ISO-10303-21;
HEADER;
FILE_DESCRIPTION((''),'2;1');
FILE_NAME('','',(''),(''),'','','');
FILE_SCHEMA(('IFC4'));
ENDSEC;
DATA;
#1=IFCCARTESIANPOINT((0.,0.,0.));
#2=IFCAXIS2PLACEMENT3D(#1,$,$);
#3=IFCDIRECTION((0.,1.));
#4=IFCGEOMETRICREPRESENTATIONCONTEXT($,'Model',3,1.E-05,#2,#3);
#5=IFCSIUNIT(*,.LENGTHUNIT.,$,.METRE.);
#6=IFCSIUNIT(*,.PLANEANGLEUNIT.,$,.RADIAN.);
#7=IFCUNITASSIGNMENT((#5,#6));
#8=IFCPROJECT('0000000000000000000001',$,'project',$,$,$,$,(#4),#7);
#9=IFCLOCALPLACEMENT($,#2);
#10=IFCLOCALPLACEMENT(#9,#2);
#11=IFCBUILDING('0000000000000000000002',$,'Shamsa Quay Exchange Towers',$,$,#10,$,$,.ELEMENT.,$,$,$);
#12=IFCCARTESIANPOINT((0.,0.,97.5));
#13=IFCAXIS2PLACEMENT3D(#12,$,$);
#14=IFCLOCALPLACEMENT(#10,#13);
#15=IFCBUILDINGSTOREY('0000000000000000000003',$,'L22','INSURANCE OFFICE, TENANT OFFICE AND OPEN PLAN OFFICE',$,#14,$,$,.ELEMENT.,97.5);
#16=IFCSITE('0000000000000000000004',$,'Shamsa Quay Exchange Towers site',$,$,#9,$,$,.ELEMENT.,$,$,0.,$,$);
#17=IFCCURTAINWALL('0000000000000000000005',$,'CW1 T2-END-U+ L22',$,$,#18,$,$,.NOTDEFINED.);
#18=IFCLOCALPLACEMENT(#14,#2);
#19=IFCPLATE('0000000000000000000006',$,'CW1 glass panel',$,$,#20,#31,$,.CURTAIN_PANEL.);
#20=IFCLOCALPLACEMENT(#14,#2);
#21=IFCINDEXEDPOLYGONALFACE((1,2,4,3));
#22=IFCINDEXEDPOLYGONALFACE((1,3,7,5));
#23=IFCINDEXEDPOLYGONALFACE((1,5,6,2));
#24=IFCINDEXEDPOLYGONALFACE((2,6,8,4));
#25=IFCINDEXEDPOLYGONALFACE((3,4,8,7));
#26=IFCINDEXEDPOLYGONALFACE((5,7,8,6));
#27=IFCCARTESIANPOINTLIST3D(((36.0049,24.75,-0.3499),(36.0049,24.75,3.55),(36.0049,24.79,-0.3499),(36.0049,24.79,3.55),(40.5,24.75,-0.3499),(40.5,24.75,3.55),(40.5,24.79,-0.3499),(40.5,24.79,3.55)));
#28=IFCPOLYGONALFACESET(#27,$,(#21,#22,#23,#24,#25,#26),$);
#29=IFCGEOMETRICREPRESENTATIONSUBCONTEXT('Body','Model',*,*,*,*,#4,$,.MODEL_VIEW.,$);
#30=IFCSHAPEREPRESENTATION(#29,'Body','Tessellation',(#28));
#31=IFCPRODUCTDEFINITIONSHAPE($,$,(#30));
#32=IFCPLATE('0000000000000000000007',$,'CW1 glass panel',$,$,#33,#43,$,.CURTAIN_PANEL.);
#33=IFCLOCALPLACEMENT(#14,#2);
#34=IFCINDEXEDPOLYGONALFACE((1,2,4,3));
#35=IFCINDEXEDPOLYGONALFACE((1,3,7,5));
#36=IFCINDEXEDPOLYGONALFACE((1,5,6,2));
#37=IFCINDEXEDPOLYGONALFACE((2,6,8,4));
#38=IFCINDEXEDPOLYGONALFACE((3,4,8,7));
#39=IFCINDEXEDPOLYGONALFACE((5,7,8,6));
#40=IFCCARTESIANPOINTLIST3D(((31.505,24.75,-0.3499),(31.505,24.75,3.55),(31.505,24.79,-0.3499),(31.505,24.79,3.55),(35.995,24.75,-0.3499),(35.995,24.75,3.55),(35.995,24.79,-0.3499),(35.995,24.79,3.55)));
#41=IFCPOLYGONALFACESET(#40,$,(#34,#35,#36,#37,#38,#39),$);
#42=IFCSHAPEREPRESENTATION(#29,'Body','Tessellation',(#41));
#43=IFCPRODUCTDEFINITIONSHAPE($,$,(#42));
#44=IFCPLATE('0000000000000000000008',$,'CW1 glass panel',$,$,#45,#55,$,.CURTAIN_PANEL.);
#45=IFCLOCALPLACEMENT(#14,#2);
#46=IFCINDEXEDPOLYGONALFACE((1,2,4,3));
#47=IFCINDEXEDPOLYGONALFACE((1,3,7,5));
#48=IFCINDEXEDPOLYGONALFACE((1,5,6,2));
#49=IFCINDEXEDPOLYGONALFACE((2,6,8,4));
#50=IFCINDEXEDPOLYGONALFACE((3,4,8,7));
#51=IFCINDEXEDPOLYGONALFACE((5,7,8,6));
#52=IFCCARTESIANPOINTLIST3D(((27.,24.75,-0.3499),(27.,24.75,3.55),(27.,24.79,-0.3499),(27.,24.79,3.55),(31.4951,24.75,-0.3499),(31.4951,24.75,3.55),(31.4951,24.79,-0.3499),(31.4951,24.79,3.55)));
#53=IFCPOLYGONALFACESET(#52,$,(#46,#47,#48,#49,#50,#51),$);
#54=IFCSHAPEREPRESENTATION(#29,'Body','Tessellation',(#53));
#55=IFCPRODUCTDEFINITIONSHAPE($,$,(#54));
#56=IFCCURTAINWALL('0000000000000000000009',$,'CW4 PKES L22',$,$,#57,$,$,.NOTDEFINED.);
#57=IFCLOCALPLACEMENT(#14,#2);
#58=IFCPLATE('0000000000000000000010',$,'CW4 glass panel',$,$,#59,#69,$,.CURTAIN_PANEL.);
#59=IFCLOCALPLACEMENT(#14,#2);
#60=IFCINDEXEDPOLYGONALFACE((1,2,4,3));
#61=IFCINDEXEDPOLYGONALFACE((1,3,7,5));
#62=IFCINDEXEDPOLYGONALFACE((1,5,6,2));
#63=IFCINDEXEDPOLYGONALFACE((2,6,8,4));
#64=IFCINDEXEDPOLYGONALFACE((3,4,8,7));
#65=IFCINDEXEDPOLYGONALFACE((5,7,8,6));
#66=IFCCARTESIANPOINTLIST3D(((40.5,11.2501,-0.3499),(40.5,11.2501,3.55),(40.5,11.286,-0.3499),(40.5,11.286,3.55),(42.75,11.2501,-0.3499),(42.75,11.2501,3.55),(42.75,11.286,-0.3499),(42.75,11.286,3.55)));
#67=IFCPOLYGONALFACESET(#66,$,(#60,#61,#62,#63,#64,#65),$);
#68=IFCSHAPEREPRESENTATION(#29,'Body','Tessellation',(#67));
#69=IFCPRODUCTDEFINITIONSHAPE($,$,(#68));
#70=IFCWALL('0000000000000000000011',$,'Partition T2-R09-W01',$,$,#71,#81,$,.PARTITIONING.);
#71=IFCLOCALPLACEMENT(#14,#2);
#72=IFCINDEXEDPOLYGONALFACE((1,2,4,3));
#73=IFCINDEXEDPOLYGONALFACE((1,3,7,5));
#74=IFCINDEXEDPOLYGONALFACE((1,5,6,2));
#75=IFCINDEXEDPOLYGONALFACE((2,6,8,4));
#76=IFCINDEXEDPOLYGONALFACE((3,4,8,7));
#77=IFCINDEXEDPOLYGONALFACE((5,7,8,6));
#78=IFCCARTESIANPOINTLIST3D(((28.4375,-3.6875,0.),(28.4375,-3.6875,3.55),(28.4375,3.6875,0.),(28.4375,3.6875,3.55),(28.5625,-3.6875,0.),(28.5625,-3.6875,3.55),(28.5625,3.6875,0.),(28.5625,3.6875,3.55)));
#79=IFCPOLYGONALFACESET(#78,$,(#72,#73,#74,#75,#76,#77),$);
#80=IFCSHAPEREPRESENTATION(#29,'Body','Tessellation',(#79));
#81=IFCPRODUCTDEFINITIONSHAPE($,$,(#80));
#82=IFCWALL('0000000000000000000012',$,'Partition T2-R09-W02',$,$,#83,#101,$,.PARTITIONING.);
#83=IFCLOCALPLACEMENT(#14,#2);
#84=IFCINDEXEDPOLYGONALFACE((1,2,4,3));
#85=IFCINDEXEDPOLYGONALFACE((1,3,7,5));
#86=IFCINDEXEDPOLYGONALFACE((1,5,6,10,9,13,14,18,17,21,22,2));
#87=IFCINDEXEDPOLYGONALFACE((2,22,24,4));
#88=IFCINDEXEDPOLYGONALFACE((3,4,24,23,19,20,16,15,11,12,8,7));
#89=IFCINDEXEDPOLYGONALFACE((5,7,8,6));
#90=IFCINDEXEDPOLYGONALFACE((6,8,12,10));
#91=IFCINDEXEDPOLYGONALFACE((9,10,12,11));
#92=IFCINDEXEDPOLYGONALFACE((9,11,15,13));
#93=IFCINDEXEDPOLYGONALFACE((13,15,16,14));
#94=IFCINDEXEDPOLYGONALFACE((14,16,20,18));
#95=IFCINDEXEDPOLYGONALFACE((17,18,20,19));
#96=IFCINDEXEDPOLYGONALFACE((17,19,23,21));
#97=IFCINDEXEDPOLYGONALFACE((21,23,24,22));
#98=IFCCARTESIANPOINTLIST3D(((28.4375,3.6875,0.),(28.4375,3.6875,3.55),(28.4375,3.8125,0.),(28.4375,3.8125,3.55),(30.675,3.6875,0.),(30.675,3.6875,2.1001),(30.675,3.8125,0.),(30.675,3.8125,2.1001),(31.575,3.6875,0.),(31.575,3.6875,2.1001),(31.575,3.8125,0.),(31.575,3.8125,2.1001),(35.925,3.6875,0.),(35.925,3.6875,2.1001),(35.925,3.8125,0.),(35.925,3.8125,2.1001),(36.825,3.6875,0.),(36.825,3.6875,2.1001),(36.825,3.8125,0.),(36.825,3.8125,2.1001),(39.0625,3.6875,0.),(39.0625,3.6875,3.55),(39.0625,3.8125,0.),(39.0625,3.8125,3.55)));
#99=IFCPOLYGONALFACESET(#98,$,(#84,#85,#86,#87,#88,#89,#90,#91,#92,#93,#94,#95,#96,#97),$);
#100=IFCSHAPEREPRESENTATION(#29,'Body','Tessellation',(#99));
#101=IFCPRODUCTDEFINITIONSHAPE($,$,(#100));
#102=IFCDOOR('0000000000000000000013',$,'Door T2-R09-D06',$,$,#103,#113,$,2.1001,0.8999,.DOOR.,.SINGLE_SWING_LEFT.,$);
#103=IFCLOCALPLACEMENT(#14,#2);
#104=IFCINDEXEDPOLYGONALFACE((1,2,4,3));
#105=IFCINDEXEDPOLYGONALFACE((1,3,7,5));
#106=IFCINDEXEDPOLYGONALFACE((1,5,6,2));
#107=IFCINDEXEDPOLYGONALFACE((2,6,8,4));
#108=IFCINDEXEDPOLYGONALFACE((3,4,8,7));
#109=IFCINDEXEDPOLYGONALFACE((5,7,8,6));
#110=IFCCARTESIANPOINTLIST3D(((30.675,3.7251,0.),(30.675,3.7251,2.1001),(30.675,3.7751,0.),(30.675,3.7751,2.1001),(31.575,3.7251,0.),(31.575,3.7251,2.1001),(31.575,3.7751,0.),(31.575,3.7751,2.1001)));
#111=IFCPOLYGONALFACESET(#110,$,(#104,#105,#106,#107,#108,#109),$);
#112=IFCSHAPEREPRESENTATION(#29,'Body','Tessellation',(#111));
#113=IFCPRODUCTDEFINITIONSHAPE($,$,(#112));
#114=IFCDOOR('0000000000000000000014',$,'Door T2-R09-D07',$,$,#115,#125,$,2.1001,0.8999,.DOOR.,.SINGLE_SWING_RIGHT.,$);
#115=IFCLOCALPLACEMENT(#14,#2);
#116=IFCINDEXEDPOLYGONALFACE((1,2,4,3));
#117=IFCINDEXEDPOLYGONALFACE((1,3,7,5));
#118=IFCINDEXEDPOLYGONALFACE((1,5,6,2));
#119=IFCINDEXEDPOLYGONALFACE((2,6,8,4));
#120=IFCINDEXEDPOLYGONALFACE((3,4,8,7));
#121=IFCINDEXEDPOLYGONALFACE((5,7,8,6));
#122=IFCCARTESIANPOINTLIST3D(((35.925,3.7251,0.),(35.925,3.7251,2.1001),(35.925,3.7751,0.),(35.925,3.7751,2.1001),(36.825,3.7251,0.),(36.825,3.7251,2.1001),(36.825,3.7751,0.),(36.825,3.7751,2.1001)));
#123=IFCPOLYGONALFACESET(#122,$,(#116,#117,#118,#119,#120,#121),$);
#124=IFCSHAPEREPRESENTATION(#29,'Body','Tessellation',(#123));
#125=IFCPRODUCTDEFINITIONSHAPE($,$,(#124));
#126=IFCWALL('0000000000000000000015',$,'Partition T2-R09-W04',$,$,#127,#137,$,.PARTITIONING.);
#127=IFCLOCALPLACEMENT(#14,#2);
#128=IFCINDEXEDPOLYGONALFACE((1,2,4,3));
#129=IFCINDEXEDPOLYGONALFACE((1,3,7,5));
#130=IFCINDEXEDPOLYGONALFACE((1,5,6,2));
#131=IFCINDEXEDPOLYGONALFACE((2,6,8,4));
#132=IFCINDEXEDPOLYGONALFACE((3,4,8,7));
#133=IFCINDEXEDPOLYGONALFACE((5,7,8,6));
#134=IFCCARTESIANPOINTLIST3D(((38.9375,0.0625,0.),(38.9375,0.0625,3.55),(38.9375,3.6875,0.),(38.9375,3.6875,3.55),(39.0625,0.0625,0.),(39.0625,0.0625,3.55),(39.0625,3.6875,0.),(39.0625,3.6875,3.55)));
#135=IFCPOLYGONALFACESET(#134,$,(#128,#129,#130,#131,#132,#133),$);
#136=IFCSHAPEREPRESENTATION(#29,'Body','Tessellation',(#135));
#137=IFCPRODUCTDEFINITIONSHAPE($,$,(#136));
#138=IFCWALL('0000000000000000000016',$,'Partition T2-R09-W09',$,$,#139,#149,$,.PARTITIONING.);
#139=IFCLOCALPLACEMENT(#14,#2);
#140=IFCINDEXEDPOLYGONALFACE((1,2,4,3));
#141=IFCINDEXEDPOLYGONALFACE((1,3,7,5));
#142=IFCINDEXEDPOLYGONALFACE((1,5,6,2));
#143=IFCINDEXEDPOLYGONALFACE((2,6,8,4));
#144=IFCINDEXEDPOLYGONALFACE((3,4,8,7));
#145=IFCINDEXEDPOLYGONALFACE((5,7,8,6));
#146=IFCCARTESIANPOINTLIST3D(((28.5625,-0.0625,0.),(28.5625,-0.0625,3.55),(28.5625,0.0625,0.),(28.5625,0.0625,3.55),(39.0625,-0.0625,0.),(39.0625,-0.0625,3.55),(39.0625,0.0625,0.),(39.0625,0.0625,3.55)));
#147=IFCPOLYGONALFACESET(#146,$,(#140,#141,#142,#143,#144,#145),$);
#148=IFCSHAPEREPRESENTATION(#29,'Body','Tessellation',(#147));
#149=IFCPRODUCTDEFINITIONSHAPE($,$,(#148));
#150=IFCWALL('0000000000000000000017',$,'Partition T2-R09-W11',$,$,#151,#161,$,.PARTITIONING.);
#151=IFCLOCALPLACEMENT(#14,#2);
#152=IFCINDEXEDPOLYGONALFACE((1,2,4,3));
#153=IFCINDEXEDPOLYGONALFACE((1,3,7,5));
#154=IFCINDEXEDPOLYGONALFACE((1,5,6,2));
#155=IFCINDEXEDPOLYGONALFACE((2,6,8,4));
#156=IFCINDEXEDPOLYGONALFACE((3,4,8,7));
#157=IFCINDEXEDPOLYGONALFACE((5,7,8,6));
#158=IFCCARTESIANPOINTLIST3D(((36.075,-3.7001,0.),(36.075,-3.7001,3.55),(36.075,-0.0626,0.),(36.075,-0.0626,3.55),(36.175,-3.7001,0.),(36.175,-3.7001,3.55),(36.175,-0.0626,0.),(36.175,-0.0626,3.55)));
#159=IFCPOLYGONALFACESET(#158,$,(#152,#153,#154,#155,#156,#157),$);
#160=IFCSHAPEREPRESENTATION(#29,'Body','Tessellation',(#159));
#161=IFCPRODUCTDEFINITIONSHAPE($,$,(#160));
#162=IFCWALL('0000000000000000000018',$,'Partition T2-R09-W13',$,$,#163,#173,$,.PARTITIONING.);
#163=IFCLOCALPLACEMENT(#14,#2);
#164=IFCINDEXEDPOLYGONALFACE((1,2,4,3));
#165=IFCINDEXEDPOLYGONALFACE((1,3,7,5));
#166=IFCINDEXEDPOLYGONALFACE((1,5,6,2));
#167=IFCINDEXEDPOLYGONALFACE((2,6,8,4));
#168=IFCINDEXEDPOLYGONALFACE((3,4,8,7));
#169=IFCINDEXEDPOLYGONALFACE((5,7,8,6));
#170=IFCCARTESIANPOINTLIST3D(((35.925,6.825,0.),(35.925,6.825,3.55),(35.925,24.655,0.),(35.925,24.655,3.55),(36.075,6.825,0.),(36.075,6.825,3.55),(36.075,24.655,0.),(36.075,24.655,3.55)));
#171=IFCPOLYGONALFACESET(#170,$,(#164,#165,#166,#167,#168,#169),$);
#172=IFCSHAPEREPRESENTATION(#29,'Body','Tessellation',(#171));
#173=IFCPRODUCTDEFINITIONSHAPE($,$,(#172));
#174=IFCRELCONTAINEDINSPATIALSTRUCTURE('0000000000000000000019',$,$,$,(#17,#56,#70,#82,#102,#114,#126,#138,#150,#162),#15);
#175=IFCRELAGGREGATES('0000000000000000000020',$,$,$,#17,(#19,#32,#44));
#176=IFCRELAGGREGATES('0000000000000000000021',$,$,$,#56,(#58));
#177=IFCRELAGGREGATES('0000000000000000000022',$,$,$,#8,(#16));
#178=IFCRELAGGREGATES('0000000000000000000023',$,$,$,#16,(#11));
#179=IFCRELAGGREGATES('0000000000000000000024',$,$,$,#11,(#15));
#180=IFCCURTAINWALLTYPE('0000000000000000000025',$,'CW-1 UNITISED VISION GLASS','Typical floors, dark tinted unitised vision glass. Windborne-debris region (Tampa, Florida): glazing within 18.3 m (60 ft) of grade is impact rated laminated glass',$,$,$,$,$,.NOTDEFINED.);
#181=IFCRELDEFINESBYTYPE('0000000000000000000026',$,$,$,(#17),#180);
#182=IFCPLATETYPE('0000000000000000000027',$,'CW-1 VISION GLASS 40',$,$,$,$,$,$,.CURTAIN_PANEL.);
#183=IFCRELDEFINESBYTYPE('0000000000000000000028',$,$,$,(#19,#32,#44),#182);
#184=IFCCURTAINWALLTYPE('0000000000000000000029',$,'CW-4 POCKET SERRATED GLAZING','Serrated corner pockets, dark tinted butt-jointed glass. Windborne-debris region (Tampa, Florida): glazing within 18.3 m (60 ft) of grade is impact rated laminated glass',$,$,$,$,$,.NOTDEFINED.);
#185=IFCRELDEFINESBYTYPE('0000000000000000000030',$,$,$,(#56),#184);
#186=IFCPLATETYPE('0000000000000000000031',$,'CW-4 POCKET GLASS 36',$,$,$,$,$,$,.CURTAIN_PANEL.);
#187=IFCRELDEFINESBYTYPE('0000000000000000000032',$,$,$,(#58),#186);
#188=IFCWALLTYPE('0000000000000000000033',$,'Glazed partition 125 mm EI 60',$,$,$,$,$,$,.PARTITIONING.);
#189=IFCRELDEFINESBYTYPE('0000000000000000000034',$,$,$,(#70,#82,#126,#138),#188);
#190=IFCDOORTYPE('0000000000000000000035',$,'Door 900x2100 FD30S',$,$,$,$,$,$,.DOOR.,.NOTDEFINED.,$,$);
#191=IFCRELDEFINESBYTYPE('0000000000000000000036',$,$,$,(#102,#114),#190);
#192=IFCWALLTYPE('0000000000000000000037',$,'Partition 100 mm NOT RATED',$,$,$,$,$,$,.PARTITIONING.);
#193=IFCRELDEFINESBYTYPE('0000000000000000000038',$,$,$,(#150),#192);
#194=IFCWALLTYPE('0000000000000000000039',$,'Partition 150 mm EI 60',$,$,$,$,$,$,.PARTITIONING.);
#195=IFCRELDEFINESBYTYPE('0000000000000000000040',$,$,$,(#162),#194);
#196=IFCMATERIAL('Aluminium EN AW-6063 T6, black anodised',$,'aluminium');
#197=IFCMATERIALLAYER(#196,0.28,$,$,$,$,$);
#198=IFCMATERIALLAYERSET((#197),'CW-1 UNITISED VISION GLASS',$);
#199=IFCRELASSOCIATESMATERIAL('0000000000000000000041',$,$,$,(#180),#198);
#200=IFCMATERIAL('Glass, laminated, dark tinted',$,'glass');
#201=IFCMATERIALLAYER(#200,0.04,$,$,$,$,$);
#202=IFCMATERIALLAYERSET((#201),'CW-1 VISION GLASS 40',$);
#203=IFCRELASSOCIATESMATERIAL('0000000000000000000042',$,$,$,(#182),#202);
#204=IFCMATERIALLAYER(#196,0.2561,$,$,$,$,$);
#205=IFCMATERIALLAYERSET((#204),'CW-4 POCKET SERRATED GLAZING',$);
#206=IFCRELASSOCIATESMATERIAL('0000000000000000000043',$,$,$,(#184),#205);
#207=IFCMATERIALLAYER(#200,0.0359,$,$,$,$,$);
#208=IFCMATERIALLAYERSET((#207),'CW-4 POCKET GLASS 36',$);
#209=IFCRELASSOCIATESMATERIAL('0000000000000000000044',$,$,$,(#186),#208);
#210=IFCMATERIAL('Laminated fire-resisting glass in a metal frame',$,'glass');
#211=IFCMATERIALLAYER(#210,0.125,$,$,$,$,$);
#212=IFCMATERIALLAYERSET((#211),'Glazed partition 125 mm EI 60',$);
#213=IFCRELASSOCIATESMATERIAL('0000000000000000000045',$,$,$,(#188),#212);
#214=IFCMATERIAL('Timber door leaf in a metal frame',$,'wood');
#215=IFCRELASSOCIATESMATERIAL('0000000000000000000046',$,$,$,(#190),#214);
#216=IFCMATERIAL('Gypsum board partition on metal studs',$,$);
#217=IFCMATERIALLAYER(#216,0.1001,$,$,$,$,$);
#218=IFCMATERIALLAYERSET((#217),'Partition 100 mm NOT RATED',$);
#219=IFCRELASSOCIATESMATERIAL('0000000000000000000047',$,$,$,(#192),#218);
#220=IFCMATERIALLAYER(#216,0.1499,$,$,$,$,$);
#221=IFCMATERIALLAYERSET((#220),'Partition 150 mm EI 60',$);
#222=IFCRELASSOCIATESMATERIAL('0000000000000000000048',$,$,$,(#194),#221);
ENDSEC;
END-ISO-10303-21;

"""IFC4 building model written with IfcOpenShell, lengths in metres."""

from ifc_helpers import new_model, si_unit, direction, frame, frame_2d, origin, origin_2d, place, context, subcontext, project, spatial, rectangle, extrude, material, layer, layer_set, type_object, element, fill, aggregate, save


model = new_model("IFC4")

# Units and contexts
model_context = context("Model", 3, precision=1e-05, world=origin(), true_north=direction((0.0, 1.0)))
body_context = subcontext(model_context, "Body", "Model", "MODEL_VIEW")
ifc_project = project(units=[si_unit("LENGTHUNIT", "METRE"), si_unit("PLANEANGLEUNIT", "RADIAN")], contexts=[model_context])

# Site, building, storey
site_placement = place(None, origin())
site = spatial("IfcSite", under=ifc_project, at=site_placement, Name="Shamsa Quay Exchange Towers site", CompositionType="ELEMENT", RefElevation=0.0)
building_placement = place(site_placement, origin())
building = spatial("IfcBuilding", under=site, at=building_placement, Name="Shamsa Quay Exchange Towers", CompositionType="ELEMENT")
storey_placement = place(building_placement, frame((0.0, 0.0, 97.5)))
storey = spatial("IfcBuildingStorey", under=building, at=storey_placement, Name="L22", Description="INSURANCE OFFICE, TENANT OFFICE AND OPEN PLAN OFFICE", CompositionType="ELEMENT", Elevation=97.5)

# Shared definitions
ifc_material_1 = material(Name="Aluminium EN AW-6063 T6, black anodised", Category="aluminium")
ifc_layer_1 = layer(ifc_material_1, 0.28)
ifc_layer_set_1 = layer_set([ifc_layer_1], Name="CW-1 UNITISED VISION GLASS")
curtain_wall_type_1 = type_object("IfcCurtainWallType", Name="CW-1 UNITISED VISION GLASS", Description="Typical floors, dark tinted unitised vision glass. Windborne-debris region (Tampa, Florida): glazing within 18.3 m (60 ft) of grade is impact rated laminated glass", PredefinedType="NOTDEFINED", material=ifc_layer_set_1)

# Curtain wall
curtain_wall_1_placement = place(storey_placement, origin())
curtain_wall_1 = element("IfcCurtainWall", 1, at=curtain_wall_1_placement, inside=storey, type_object=curtain_wall_type_1, Name="CW1 T2-END-U+ L22", PredefinedType="NOTDEFINED")

# Plates
ifc_material_2 = material(Name="Glass, laminated, dark tinted", Category="glass")
ifc_layer_2 = layer(ifc_material_2, 0.04)
ifc_layer_set_2 = layer_set([ifc_layer_2], Name="CW-1 VISION GLASS 40")
plate_type_1 = type_object("IfcPlateType", Name="CW-1 VISION GLASS 40", PredefinedType="CURTAIN_PANEL", material=ifc_layer_set_2)
plate_1_placement = place(storey_placement, frame((38.2524, 24.77, -0.3499), z_axis=(0.0, 0.0, 1.0), x_axis=(-1.0, 0.0, 0.0)))
plate_1 = element("IfcPlate", 2, at=plate_1_placement, type_object=plate_type_1, Name="CW1 glass panel", PredefinedType="CURTAIN_PANEL", context=body_context, shape_type="SweptSolid", body=[
    extrude(rectangle(XDim=4.4951, YDim=0.04, at=origin_2d()), origin(), (0.0, 0.0, 1.0), 3.8999),
])
plate_2_placement = place(storey_placement, frame((33.75, 24.77, -0.3499), z_axis=(0.0, 0.0, 1.0), x_axis=(-1.0, 0.0, 0.0)))
plate_2 = element("IfcPlate", 3, at=plate_2_placement, type_object=plate_type_1, Name="CW1 glass panel", PredefinedType="CURTAIN_PANEL", context=body_context, shape_type="SweptSolid", body=[
    extrude(rectangle(XDim=4.49, YDim=0.04, at=origin_2d()), origin(), (0.0, 0.0, 1.0), 3.8999),
])
plate_3_placement = place(storey_placement, frame((29.2476, 24.77, -0.3499), z_axis=(0.0, 0.0, 1.0), x_axis=(-1.0, 0.0, 0.0)))
plate_3 = element("IfcPlate", 4, at=plate_3_placement, type_object=plate_type_1, Name="CW1 glass panel", PredefinedType="CURTAIN_PANEL", context=body_context, shape_type="SweptSolid", body=[
    extrude(rectangle(XDim=4.4951, YDim=0.04, at=origin_2d()), origin(), (0.0, 0.0, 1.0), 3.8999),
])
aggregate(curtain_wall_1, [plate_1, plate_2, plate_3])

# Curtain wall, plate
ifc_layer_3 = layer(ifc_material_1, 0.2561)
ifc_layer_set_3 = layer_set([ifc_layer_3], Name="CW-4 POCKET SERRATED GLAZING")
curtain_wall_type_2 = type_object("IfcCurtainWallType", Name="CW-4 POCKET SERRATED GLAZING", Description="Serrated corner pockets, dark tinted butt-jointed glass. Windborne-debris region (Tampa, Florida): glazing within 18.3 m (60 ft) of grade is impact rated laminated glass", PredefinedType="NOTDEFINED", material=ifc_layer_set_3)
curtain_wall_2_placement = place(storey_placement, origin())
curtain_wall_2 = element("IfcCurtainWall", 5, at=curtain_wall_2_placement, inside=storey, type_object=curtain_wall_type_2, Name="CW4 PKES L22", PredefinedType="NOTDEFINED")
ifc_layer_4 = layer(ifc_material_2, 0.0359)
ifc_layer_set_4 = layer_set([ifc_layer_4], Name="CW-4 POCKET GLASS 36")
plate_type_2 = type_object("IfcPlateType", Name="CW-4 POCKET GLASS 36", PredefinedType="CURTAIN_PANEL", material=ifc_layer_set_4)
plate_4_placement = place(storey_placement, frame((41.625, 11.2681, -0.3499), z_axis=(0.0, 0.0, 1.0), x_axis=(-1.0, 0.0, 0.0)))
plate_4 = element("IfcPlate", 6, at=plate_4_placement, type_object=plate_type_2, Name="CW4 glass panel", PredefinedType="CURTAIN_PANEL", context=body_context, shape_type="SweptSolid", body=[
    extrude(rectangle(XDim=2.25, YDim=0.0359, at=origin_2d()), origin(), (0.0, 0.0, 1.0), 3.8999),
])
aggregate(curtain_wall_2, [plate_4])

# Wall
ifc_material_3 = material(Name="Laminated fire-resisting glass in a metal frame", Category="glass")
ifc_layer_5 = layer(ifc_material_3, 0.125)
ifc_layer_set_5 = layer_set([ifc_layer_5], Name="Glazed partition 125 mm EI 60")
wall_type_1 = type_object("IfcWallType", Name="Glazed partition 125 mm EI 60", PredefinedType="PARTITIONING", material=ifc_layer_set_5)
wall_1_placement = place(storey_placement, frame((28.5, 3.6875, 0.0), z_axis=(0.0, 0.0, 1.0), x_axis=(0.0, -1.0, 0.0)))
element("IfcWall", 7, at=wall_1_placement, inside=storey, type_object=wall_type_1, Name="Partition T2-R09-W01", PredefinedType="PARTITIONING", context=body_context, shape_type="SweptSolid", body=[
    extrude(rectangle(XDim=7.375, YDim=0.125, at=frame_2d((3.6875, 0.0))), origin(), (0.0, 0.0, 1.0), 3.55),
])

# Wall, openings, doors
wall_2_placement = place(storey_placement, frame((39.0625, 3.75, 0.0), z_axis=(0.0, 0.0, 1.0), x_axis=(-1.0, 0.0, 0.0)))
wall_2 = element("IfcWall", 8, at=wall_2_placement, inside=storey, type_object=wall_type_1, Name="Partition T2-R09-W02", PredefinedType="PARTITIONING", context=body_context, shape_type="SweptSolid", body=[
    extrude(rectangle(XDim=10.625, YDim=0.125, at=frame_2d((5.3125, 0.0))), origin(), (0.0, 0.0, 1.0), 3.55),
])
opening_1_placement = place(wall_2_placement, frame((7.4875, 0.0, 0.0)))
opening_1 = element("IfcOpeningElement", 9, at=opening_1_placement, cuts=wall_2, PredefinedType="OPENING", context=body_context, shape_type="SweptSolid", body=[
    extrude(rectangle(XDim=0.8999, YDim=2.1001, at=frame_2d((0.45, 1.05))), frame((0.0, 0.0725, 0.0), z_axis=(0.0, -1.0, 0.0), x_axis=(1.0, 0.0, 0.0)), (0.0, 0.0, 1.0), 0.145),
])
opening_2_placement = place(wall_2_placement, frame((2.2375, 0.0, 0.0)))
opening_2 = element("IfcOpeningElement", 10, at=opening_2_placement, cuts=wall_2, PredefinedType="OPENING", context=body_context, shape_type="SweptSolid", body=[
    extrude(rectangle(XDim=0.8999, YDim=2.1001, at=frame_2d((0.45, 1.05))), frame((0.0, 0.0725, 0.0), z_axis=(0.0, -1.0, 0.0), x_axis=(1.0, 0.0, 0.0)), (0.0, 0.0, 1.0), 0.145),
])
ifc_material_4 = material(Name="Timber door leaf in a metal frame", Category="wood")
door_type_1 = type_object("IfcDoorType", Name="Door 900x2100 FD30S", OperationType="NOTDEFINED", PredefinedType="DOOR", material=ifc_material_4)
door_1_placement = place(opening_1_placement, origin())
door_1 = element("IfcDoor", 11, at=door_1_placement, inside=storey, type_object=door_type_1, Name="Door T2-R09-D06", OperationType="SINGLE_SWING_LEFT", OverallHeight=2.1001, OverallWidth=0.8999, PredefinedType="DOOR", context=body_context, shape_type="SweptSolid", body=[
    extrude(rectangle(XDim=0.8999, YDim=2.1001, at=frame_2d((0.45, 1.05))), frame((0.0, 0.0249, 0.0), z_axis=(0.0, -1.0, 0.0), x_axis=(1.0, 0.0, 0.0)), (0.0, 0.0, 1.0), 0.05),
])
fill(opening_1, door_1)
door_2_placement = place(opening_2_placement, origin())
door_2 = element("IfcDoor", 12, at=door_2_placement, inside=storey, type_object=door_type_1, Name="Door T2-R09-D07", OperationType="SINGLE_SWING_RIGHT", OverallHeight=2.1001, OverallWidth=0.8999, PredefinedType="DOOR", context=body_context, shape_type="SweptSolid", body=[
    extrude(rectangle(XDim=0.8999, YDim=2.1001, at=frame_2d((0.45, 1.05))), frame((0.0, 0.0249, 0.0), z_axis=(0.0, -1.0, 0.0), x_axis=(1.0, 0.0, 0.0)), (0.0, 0.0, 1.0), 0.05),
])
fill(opening_2, door_2)

# Walls
wall_3_placement = place(storey_placement, frame((39.0, 0.0625, 0.0), z_axis=(0.0, 0.0, 1.0), x_axis=(0.0, 1.0, 0.0)))
element("IfcWall", 13, at=wall_3_placement, inside=storey, type_object=wall_type_1, Name="Partition T2-R09-W04", PredefinedType="PARTITIONING", context=body_context, shape_type="SweptSolid", body=[
    extrude(rectangle(XDim=3.625, YDim=0.125, at=frame_2d((1.8125, 0.0))), origin(), (0.0, 0.0, 1.0), 3.55),
])
wall_4_placement = place(storey_placement, frame((28.5625, 0.0, 0.0)))
element("IfcWall", 14, at=wall_4_placement, inside=storey, type_object=wall_type_1, Name="Partition T2-R09-W09", PredefinedType="PARTITIONING", context=body_context, shape_type="SweptSolid", body=[
    extrude(rectangle(XDim=10.5, YDim=0.125, at=frame_2d((5.25, 0.0))), origin(), (0.0, 0.0, 1.0), 3.55),
])
ifc_material_5 = material(Name="Gypsum board partition on metal studs")
ifc_layer_6 = layer(ifc_material_5, 0.1001)
ifc_layer_set_6 = layer_set([ifc_layer_6], Name="Partition 100 mm NOT RATED")
wall_type_2 = type_object("IfcWallType", Name="Partition 100 mm NOT RATED", PredefinedType="PARTITIONING", material=ifc_layer_set_6)
wall_5_placement = place(storey_placement, frame((36.125, -0.0625, 0.0), z_axis=(0.0, 0.0, 1.0), x_axis=(0.0, -1.0, 0.0)))
element("IfcWall", 15, at=wall_5_placement, inside=storey, type_object=wall_type_2, Name="Partition T2-R09-W11", PredefinedType="PARTITIONING", context=body_context, shape_type="SweptSolid", body=[
    extrude(rectangle(XDim=3.6375, YDim=0.1001, at=frame_2d((1.8188, 0.0))), origin(), (0.0, 0.0, 1.0), 3.55),
])
ifc_layer_7 = layer(ifc_material_5, 0.1499)
ifc_layer_set_7 = layer_set([ifc_layer_7], Name="Partition 150 mm EI 60")
wall_type_3 = type_object("IfcWallType", Name="Partition 150 mm EI 60", PredefinedType="PARTITIONING", material=ifc_layer_set_7)
wall_6_placement = place(storey_placement, frame((36.0, 24.655, 0.0), z_axis=(0.0, 0.0, 1.0), x_axis=(0.0, -1.0, 0.0)))
element("IfcWall", 16, at=wall_6_placement, inside=storey, type_object=wall_type_3, Name="Partition T2-R09-W13", PredefinedType="PARTITIONING", context=body_context, shape_type="SweptSolid", body=[
    extrude(rectangle(XDim=17.8301, YDim=0.1499, at=frame_2d((8.915, 0.0))), origin(), (0.0, 0.0, 1.0), 3.55),
])

save(model, "model.ifc")
